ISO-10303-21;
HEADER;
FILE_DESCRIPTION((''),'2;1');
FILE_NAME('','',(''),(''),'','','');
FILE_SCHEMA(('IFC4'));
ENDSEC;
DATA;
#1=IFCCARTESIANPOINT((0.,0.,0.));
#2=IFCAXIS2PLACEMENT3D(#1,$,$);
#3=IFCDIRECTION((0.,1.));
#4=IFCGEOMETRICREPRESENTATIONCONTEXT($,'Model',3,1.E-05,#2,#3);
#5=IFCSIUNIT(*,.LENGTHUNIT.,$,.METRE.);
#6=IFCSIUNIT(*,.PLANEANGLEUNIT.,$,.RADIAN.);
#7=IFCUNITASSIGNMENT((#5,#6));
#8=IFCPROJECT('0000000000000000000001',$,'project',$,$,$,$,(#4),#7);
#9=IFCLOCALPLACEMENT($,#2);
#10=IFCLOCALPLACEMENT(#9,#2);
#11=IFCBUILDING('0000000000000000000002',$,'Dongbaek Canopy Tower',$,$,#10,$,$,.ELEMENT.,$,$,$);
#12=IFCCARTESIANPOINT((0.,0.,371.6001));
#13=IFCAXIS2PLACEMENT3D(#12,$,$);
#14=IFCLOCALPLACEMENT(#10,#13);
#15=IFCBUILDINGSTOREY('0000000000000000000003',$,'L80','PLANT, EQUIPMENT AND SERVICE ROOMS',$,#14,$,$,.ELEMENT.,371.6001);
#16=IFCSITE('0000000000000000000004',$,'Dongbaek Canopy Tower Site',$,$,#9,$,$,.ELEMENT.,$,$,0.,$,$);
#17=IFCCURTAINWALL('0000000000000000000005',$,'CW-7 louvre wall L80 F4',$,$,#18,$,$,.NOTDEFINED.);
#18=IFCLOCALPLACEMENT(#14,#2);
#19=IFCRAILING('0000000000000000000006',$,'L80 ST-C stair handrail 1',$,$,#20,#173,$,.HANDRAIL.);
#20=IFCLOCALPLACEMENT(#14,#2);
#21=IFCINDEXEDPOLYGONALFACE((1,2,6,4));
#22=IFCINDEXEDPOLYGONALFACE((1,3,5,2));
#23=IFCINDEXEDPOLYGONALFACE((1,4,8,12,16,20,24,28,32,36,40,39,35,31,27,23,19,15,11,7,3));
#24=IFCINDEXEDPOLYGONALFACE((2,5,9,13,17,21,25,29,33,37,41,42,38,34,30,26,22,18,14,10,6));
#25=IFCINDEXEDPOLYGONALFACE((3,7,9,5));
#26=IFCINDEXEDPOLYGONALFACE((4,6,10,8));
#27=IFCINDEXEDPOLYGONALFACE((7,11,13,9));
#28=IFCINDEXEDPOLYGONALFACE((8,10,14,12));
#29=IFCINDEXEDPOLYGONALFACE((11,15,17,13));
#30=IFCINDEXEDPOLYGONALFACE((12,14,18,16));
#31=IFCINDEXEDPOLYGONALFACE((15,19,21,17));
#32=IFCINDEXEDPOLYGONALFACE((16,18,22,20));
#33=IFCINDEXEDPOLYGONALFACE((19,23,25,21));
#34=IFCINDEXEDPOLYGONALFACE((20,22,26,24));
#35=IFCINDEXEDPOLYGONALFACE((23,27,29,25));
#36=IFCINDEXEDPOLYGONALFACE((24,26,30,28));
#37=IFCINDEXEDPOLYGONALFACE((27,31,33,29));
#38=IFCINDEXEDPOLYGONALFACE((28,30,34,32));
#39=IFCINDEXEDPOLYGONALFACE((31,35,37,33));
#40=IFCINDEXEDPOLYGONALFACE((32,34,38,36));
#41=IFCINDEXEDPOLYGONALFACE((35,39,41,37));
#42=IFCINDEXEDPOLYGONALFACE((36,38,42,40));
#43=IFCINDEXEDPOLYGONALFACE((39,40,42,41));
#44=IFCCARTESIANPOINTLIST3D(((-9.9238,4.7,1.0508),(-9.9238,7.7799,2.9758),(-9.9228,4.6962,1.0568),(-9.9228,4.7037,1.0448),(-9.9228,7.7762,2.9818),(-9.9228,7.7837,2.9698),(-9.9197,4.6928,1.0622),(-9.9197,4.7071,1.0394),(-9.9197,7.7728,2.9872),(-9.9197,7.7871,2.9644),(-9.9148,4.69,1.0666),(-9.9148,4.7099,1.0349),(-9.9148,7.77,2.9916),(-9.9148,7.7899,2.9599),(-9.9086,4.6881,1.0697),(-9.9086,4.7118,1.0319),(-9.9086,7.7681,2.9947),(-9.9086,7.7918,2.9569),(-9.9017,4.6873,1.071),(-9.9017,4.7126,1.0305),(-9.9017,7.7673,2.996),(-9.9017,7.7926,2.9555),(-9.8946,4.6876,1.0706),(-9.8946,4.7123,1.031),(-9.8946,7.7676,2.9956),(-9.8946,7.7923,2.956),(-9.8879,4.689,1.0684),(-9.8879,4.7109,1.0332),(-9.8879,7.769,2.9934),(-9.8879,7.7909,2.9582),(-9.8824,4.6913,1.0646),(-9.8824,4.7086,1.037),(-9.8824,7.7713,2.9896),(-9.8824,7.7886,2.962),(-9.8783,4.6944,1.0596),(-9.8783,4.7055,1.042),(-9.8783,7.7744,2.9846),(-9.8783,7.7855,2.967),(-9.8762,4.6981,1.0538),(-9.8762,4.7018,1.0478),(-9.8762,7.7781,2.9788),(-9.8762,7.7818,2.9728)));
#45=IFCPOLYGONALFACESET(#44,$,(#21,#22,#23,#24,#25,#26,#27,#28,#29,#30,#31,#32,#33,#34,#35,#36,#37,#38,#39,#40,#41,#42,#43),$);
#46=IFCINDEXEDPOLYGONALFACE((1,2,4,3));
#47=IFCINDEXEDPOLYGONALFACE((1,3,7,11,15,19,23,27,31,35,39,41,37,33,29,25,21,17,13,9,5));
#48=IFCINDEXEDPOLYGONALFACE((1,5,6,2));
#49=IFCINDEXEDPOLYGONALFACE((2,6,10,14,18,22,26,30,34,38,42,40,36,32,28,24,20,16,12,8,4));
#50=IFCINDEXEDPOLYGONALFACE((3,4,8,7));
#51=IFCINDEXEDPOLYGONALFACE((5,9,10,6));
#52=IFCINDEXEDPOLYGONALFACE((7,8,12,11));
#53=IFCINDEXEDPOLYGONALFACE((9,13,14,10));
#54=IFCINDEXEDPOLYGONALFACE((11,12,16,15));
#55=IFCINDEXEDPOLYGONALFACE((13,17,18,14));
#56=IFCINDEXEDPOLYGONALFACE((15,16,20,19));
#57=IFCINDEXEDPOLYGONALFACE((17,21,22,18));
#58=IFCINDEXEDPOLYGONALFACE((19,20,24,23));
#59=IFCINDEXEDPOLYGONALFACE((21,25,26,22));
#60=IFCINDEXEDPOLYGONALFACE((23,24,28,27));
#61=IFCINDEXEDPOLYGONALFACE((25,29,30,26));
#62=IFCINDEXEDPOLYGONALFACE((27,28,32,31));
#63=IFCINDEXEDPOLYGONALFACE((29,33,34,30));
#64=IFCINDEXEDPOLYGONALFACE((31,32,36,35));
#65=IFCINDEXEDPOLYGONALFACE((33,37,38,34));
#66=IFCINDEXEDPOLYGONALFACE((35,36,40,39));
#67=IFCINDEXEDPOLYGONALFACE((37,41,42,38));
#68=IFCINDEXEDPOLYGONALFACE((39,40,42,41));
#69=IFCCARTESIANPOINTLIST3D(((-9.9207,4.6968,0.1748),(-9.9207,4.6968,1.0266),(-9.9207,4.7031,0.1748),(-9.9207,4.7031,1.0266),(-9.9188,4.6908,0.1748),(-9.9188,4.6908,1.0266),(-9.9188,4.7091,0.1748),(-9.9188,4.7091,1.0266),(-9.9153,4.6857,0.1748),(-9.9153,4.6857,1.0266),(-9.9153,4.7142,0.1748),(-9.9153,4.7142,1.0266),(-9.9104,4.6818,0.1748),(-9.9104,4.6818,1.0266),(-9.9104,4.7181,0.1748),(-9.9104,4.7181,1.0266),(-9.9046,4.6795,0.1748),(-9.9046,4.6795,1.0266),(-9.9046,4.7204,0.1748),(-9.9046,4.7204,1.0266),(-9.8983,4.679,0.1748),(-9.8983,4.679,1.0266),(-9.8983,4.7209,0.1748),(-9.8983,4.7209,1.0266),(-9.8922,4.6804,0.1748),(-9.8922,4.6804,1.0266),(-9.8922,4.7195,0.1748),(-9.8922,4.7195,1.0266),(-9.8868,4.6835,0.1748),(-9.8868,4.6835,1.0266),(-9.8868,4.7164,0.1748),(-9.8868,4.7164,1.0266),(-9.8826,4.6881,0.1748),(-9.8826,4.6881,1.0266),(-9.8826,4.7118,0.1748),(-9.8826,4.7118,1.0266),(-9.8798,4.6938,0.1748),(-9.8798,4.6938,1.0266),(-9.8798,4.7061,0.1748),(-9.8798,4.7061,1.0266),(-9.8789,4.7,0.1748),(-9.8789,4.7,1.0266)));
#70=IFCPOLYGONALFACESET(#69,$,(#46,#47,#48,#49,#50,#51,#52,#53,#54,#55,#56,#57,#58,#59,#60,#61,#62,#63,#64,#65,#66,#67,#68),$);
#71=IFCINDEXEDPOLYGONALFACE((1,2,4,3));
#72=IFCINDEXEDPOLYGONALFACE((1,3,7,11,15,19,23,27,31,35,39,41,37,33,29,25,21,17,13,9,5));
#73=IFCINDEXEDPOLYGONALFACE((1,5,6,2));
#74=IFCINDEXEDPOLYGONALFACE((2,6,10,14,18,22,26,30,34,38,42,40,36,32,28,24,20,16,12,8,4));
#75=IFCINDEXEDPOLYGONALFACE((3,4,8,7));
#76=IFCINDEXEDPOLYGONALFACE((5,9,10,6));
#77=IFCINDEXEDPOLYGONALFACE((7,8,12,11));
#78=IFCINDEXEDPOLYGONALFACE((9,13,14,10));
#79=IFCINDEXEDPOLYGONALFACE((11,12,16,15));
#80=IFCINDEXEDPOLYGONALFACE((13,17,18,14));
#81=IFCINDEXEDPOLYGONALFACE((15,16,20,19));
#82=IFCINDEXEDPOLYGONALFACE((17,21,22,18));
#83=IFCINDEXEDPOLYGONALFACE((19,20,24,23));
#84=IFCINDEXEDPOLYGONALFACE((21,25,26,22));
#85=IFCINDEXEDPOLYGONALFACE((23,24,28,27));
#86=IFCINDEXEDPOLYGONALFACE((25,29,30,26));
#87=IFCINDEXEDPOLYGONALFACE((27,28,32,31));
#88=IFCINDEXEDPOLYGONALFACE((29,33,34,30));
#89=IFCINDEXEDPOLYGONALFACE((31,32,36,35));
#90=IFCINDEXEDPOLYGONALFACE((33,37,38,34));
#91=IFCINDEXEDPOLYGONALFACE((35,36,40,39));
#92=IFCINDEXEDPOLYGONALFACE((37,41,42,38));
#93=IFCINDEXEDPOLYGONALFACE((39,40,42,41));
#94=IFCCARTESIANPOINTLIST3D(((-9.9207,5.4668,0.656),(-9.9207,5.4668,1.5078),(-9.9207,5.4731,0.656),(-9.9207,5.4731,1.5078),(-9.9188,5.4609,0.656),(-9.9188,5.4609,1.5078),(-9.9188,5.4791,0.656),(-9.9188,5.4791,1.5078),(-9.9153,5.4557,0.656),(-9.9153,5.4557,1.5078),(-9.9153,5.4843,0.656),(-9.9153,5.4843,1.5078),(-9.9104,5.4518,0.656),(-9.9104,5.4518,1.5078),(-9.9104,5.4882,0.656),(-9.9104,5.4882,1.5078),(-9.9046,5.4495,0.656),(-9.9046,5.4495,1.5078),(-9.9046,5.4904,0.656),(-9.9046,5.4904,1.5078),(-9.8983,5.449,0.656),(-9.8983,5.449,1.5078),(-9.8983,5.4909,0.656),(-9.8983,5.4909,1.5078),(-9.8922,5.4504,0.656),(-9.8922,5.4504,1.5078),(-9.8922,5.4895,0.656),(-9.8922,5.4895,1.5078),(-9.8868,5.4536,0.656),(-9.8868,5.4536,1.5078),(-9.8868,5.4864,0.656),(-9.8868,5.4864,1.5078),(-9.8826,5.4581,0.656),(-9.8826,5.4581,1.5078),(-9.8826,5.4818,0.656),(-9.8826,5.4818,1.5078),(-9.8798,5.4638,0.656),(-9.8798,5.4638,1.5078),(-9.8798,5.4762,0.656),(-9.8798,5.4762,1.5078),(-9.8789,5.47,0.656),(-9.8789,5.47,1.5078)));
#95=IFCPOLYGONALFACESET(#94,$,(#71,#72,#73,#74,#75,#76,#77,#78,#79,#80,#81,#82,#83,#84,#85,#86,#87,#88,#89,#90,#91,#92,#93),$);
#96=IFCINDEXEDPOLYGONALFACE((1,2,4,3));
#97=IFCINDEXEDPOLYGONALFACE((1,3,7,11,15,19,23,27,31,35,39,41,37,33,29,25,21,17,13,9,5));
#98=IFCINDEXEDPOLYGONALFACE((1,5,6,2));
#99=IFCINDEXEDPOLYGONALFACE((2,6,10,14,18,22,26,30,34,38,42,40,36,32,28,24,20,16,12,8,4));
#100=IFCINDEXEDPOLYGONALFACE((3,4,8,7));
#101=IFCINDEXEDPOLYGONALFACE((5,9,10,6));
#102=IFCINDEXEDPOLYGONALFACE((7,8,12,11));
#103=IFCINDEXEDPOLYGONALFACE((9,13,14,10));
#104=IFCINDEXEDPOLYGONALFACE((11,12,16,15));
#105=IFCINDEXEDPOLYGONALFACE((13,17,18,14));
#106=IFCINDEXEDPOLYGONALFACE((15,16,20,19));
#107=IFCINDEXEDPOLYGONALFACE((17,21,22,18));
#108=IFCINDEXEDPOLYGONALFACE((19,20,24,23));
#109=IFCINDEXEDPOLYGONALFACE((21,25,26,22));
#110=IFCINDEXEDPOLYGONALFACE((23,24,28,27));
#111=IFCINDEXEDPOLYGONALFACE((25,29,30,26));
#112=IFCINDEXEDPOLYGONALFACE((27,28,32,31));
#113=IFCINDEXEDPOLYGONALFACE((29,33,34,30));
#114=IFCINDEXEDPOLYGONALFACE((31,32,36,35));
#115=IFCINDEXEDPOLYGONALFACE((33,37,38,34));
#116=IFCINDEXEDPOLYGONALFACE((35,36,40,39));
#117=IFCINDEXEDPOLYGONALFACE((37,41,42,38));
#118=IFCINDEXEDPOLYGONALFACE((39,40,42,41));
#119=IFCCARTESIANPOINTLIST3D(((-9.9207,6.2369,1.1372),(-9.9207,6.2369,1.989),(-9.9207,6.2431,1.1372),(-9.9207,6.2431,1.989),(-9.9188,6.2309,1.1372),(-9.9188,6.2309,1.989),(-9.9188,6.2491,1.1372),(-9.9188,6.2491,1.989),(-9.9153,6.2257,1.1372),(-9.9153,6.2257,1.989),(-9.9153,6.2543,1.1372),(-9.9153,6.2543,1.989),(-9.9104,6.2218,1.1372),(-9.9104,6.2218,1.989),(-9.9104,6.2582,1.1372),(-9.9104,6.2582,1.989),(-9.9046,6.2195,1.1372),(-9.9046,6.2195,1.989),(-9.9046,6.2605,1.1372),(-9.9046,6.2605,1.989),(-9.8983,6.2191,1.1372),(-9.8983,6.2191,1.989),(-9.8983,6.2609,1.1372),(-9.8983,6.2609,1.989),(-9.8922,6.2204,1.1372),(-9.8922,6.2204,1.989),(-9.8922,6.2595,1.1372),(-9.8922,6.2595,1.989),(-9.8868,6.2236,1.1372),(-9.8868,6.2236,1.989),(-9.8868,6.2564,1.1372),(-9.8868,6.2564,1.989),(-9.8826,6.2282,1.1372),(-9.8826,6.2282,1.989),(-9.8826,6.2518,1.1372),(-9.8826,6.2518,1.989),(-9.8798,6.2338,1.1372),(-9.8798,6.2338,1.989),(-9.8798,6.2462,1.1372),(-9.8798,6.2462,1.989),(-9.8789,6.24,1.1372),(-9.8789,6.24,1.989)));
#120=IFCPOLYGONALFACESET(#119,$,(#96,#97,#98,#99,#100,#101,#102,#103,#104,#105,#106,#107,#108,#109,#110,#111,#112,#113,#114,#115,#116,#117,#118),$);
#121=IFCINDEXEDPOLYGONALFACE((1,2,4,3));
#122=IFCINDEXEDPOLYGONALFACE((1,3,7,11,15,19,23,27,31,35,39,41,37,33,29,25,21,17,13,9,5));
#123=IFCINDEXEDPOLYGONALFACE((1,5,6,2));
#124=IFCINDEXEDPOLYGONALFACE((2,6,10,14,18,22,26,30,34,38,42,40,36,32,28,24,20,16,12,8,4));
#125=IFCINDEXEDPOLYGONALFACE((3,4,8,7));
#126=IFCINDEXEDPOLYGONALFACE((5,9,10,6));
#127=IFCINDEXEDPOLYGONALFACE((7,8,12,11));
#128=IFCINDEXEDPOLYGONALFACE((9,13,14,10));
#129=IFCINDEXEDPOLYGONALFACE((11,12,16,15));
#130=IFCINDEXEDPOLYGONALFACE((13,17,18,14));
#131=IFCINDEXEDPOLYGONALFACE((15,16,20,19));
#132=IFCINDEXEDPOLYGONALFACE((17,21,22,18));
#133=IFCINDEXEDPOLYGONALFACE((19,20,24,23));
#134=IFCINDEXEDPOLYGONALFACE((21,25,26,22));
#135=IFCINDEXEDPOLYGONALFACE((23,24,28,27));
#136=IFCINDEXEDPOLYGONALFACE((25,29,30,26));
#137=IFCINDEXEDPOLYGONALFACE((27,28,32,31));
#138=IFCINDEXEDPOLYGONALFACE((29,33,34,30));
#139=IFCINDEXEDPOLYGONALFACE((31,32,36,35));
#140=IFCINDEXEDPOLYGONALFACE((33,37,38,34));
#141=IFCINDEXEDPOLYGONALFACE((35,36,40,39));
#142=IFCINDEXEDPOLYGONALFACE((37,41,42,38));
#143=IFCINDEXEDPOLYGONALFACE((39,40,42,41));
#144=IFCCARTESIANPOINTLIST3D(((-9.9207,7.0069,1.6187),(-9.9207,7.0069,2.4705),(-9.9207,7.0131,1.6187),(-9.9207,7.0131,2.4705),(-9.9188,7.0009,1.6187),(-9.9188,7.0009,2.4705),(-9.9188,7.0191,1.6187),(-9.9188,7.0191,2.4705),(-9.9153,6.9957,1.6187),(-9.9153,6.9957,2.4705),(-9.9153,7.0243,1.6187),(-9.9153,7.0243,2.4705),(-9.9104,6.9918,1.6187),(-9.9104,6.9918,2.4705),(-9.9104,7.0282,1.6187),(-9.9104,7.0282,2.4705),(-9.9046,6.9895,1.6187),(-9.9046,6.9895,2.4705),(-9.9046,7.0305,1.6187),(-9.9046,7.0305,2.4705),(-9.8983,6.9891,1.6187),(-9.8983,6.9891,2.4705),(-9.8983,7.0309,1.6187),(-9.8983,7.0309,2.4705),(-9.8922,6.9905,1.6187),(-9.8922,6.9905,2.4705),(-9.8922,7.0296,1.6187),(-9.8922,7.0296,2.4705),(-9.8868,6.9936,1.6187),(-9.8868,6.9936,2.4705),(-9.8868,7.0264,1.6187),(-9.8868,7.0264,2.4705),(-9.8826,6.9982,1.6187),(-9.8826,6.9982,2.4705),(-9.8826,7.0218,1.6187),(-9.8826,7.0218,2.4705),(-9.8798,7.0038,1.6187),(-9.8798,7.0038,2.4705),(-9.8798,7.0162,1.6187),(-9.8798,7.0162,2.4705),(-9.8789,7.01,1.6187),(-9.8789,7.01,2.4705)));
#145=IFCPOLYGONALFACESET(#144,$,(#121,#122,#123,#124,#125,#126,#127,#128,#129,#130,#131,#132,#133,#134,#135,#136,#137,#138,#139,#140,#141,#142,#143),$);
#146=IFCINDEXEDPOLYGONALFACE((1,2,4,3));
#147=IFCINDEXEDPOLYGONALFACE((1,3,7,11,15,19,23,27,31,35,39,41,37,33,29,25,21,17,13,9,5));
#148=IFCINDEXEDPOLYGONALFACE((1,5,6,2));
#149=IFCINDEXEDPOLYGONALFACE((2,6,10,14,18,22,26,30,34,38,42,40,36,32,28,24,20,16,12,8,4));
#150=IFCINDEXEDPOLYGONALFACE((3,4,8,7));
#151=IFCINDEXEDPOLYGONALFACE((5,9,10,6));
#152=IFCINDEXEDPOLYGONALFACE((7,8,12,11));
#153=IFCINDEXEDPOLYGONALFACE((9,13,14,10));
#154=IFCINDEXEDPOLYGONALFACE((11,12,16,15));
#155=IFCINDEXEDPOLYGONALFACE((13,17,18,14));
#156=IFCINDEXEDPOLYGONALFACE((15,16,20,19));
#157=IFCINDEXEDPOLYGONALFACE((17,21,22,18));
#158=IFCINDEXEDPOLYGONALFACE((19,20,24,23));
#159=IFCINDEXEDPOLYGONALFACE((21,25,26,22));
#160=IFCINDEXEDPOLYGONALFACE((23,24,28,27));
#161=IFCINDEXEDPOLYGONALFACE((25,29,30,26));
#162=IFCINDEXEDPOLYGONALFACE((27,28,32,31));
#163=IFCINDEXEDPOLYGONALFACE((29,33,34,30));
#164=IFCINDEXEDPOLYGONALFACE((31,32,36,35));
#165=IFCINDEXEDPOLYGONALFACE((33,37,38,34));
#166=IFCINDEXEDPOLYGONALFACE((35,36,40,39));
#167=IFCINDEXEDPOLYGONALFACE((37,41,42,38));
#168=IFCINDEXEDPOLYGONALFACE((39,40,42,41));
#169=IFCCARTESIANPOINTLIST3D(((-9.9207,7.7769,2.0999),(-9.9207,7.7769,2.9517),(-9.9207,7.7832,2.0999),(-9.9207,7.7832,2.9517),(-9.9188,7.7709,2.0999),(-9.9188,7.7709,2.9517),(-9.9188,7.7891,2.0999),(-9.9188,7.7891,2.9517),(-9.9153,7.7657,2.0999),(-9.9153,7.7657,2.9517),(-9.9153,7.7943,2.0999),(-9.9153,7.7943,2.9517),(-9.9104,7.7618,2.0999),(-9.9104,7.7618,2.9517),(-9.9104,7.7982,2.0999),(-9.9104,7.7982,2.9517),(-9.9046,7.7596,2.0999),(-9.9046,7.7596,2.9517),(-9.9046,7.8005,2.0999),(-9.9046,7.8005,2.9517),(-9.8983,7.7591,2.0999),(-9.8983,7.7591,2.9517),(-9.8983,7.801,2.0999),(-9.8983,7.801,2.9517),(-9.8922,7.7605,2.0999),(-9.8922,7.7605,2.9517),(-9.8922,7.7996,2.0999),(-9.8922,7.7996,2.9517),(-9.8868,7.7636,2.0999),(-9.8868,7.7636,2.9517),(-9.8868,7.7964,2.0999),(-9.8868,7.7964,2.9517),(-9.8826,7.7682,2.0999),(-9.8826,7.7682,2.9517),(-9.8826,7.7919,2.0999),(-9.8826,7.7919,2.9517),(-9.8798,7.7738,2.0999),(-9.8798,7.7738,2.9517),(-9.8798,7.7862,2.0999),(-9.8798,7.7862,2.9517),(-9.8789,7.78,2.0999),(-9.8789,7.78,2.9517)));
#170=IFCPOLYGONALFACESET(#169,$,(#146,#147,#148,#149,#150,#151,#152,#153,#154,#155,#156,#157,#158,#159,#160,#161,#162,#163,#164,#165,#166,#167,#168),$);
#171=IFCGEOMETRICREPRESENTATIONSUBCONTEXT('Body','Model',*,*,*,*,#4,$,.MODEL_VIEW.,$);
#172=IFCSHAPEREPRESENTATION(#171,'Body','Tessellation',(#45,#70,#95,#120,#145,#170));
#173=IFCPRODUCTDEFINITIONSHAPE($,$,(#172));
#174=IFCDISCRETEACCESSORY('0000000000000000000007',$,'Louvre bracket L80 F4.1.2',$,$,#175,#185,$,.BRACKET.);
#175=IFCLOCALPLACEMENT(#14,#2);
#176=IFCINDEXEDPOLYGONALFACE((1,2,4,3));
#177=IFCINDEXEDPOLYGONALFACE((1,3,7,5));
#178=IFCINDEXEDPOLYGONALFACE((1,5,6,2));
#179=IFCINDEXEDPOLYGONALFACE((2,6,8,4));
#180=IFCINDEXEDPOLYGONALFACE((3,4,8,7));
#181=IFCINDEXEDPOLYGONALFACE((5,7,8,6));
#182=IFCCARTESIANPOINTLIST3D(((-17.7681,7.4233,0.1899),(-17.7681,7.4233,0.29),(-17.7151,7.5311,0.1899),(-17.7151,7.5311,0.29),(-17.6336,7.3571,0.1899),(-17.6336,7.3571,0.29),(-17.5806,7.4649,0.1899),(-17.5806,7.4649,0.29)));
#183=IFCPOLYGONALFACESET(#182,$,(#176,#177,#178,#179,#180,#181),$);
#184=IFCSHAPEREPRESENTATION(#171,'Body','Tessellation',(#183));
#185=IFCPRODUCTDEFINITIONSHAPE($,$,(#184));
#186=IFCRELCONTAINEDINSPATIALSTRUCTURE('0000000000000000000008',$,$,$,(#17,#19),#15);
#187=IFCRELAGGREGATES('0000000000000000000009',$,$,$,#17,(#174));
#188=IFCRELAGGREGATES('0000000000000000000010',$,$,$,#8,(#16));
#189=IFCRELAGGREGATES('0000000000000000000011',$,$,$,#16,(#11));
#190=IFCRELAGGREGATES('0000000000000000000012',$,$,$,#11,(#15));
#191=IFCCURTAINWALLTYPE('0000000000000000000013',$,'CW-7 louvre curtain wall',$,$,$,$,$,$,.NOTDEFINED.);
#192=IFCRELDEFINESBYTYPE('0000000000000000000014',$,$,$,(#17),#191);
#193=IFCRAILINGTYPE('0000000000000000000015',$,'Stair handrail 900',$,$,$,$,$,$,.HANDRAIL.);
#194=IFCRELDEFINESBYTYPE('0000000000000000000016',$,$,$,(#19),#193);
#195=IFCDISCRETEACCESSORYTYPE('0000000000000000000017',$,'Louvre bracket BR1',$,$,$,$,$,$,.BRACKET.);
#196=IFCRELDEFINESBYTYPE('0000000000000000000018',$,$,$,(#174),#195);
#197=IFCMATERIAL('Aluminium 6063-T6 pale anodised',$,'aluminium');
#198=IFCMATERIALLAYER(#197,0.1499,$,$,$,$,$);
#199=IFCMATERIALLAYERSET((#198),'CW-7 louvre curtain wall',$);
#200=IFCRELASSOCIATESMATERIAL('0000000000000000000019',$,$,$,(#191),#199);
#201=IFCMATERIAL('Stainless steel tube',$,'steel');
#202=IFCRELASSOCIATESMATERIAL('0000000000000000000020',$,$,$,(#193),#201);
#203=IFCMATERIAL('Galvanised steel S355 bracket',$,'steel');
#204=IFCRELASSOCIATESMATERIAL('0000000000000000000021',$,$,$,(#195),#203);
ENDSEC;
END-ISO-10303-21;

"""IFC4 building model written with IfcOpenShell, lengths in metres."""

from ifc_helpers import new_model, si_unit, direction, frame, origin, origin_2d, place, context, subcontext, project, spatial, rectangle, circle, extrude, material, layer, layer_set, type_object, element, aggregate, save


model = new_model("IFC4")

# Units and contexts
model_context = context("Model", 3, precision=1e-05, world=origin(), true_north=direction((0.0, 1.0)))
body_context = subcontext(model_context, "Body", "Model", "MODEL_VIEW")
ifc_project = project(units=[si_unit("LENGTHUNIT", "METRE"), si_unit("PLANEANGLEUNIT", "RADIAN")], contexts=[model_context])

# Site, building, storey
site_placement = place(None, origin())
site = spatial("IfcSite", under=ifc_project, at=site_placement, Name="Dongbaek Canopy Tower Site", CompositionType="ELEMENT", RefElevation=0.0)
building_placement = place(site_placement, origin())
building = spatial("IfcBuilding", under=site, at=building_placement, Name="Dongbaek Canopy Tower", CompositionType="ELEMENT")
storey_placement = place(building_placement, frame((0.0, 0.0, 371.6001)))
storey = spatial("IfcBuildingStorey", under=building, at=storey_placement, Name="L80", Description="PLANT, EQUIPMENT AND SERVICE ROOMS", CompositionType="ELEMENT", Elevation=371.6001)

# Curtain wall
ifc_material_1 = material(Name="Aluminium 6063-T6 pale anodised", Category="aluminium")
ifc_layer_1 = layer(ifc_material_1, 0.1499)
ifc_layer_set_1 = layer_set([ifc_layer_1], Name="CW-7 louvre curtain wall")
curtain_wall_type = type_object("IfcCurtainWallType", Name="CW-7 louvre curtain wall", PredefinedType="NOTDEFINED", material=ifc_layer_set_1)
curtain_wall_placement = place(storey_placement, origin())
curtain_wall = element("IfcCurtainWall", 1, at=curtain_wall_placement, inside=storey, type_object=curtain_wall_type, Name="CW-7 louvre wall L80 F4", PredefinedType="NOTDEFINED")

# Railing
ifc_material_2 = material(Name="Stainless steel tube", Category="steel")
railing_type_1 = type_object("IfcRailingType", Name="Stair handrail 900", PredefinedType="HANDRAIL", material=ifc_material_2)
railing_1_placement = place(storey_placement, frame((-9.8999, 4.7, 0.1748)))
element("IfcRailing", 2, at=railing_1_placement, inside=storey, type_object=railing_type_1, Name="L80 ST-C stair handrail 1", PredefinedType="HANDRAIL", context=body_context, shape_type="SweptSolid", body=[
    extrude(circle(Radius=0.0239, at=origin_2d()), frame((0.0, 0.0, 0.876), z_axis=(0.0, 0.847998, 0.529999), x_axis=(-1.0, 0.0, 0.0)), (0.0, 0.0, 1.0), 3.6321),
    extrude(circle(Radius=0.021, at=origin_2d()), origin(), (0.0, 0.0, 1.0), 0.8518),
    extrude(circle(Radius=0.021, at=origin_2d()), frame((0.0, 0.77, 0.4812)), (0.0, 0.0, 1.0), 0.8518),
    extrude(circle(Radius=0.021, at=origin_2d()), frame((0.0, 1.54, 0.9624)), (0.0, 0.0, 1.0), 0.8518),
    extrude(circle(Radius=0.021, at=origin_2d()), frame((0.0, 2.3101, 1.4438)), (0.0, 0.0, 1.0), 0.8518),
    extrude(circle(Radius=0.021, at=origin_2d()), frame((0.0, 3.0801, 1.925)), (0.0, 0.0, 1.0), 0.8518),
])

# Discrete accessory
ifc_material_3 = material(Name="Galvanised steel S355 bracket", Category="steel")
discrete_accessory_type = type_object("IfcDiscreteAccessoryType", Name="Louvre bracket BR1", PredefinedType="BRACKET", material=ifc_material_3)
discrete_accessory_placement = place(storey_placement, frame((-17.6743, 7.4441, 0.1899), z_axis=(0.0, 0.0, 1.0), x_axis=(-0.441342, -0.897339, 0.0)))
discrete_accessory = element("IfcDiscreteAccessory", 3, at=discrete_accessory_placement, type_object=discrete_accessory_type, Name="Louvre bracket L80 F4.1.2", PredefinedType="BRACKET", context=body_context, shape_type="SweptSolid", body=[
    extrude(rectangle(XDim=0.1201, YDim=0.1499, at=origin_2d()), origin(), (0.0, 0.0, 1.0), 0.1001),
])
aggregate(curtain_wall, [discrete_accessory])

save(model, "model.ifc")
